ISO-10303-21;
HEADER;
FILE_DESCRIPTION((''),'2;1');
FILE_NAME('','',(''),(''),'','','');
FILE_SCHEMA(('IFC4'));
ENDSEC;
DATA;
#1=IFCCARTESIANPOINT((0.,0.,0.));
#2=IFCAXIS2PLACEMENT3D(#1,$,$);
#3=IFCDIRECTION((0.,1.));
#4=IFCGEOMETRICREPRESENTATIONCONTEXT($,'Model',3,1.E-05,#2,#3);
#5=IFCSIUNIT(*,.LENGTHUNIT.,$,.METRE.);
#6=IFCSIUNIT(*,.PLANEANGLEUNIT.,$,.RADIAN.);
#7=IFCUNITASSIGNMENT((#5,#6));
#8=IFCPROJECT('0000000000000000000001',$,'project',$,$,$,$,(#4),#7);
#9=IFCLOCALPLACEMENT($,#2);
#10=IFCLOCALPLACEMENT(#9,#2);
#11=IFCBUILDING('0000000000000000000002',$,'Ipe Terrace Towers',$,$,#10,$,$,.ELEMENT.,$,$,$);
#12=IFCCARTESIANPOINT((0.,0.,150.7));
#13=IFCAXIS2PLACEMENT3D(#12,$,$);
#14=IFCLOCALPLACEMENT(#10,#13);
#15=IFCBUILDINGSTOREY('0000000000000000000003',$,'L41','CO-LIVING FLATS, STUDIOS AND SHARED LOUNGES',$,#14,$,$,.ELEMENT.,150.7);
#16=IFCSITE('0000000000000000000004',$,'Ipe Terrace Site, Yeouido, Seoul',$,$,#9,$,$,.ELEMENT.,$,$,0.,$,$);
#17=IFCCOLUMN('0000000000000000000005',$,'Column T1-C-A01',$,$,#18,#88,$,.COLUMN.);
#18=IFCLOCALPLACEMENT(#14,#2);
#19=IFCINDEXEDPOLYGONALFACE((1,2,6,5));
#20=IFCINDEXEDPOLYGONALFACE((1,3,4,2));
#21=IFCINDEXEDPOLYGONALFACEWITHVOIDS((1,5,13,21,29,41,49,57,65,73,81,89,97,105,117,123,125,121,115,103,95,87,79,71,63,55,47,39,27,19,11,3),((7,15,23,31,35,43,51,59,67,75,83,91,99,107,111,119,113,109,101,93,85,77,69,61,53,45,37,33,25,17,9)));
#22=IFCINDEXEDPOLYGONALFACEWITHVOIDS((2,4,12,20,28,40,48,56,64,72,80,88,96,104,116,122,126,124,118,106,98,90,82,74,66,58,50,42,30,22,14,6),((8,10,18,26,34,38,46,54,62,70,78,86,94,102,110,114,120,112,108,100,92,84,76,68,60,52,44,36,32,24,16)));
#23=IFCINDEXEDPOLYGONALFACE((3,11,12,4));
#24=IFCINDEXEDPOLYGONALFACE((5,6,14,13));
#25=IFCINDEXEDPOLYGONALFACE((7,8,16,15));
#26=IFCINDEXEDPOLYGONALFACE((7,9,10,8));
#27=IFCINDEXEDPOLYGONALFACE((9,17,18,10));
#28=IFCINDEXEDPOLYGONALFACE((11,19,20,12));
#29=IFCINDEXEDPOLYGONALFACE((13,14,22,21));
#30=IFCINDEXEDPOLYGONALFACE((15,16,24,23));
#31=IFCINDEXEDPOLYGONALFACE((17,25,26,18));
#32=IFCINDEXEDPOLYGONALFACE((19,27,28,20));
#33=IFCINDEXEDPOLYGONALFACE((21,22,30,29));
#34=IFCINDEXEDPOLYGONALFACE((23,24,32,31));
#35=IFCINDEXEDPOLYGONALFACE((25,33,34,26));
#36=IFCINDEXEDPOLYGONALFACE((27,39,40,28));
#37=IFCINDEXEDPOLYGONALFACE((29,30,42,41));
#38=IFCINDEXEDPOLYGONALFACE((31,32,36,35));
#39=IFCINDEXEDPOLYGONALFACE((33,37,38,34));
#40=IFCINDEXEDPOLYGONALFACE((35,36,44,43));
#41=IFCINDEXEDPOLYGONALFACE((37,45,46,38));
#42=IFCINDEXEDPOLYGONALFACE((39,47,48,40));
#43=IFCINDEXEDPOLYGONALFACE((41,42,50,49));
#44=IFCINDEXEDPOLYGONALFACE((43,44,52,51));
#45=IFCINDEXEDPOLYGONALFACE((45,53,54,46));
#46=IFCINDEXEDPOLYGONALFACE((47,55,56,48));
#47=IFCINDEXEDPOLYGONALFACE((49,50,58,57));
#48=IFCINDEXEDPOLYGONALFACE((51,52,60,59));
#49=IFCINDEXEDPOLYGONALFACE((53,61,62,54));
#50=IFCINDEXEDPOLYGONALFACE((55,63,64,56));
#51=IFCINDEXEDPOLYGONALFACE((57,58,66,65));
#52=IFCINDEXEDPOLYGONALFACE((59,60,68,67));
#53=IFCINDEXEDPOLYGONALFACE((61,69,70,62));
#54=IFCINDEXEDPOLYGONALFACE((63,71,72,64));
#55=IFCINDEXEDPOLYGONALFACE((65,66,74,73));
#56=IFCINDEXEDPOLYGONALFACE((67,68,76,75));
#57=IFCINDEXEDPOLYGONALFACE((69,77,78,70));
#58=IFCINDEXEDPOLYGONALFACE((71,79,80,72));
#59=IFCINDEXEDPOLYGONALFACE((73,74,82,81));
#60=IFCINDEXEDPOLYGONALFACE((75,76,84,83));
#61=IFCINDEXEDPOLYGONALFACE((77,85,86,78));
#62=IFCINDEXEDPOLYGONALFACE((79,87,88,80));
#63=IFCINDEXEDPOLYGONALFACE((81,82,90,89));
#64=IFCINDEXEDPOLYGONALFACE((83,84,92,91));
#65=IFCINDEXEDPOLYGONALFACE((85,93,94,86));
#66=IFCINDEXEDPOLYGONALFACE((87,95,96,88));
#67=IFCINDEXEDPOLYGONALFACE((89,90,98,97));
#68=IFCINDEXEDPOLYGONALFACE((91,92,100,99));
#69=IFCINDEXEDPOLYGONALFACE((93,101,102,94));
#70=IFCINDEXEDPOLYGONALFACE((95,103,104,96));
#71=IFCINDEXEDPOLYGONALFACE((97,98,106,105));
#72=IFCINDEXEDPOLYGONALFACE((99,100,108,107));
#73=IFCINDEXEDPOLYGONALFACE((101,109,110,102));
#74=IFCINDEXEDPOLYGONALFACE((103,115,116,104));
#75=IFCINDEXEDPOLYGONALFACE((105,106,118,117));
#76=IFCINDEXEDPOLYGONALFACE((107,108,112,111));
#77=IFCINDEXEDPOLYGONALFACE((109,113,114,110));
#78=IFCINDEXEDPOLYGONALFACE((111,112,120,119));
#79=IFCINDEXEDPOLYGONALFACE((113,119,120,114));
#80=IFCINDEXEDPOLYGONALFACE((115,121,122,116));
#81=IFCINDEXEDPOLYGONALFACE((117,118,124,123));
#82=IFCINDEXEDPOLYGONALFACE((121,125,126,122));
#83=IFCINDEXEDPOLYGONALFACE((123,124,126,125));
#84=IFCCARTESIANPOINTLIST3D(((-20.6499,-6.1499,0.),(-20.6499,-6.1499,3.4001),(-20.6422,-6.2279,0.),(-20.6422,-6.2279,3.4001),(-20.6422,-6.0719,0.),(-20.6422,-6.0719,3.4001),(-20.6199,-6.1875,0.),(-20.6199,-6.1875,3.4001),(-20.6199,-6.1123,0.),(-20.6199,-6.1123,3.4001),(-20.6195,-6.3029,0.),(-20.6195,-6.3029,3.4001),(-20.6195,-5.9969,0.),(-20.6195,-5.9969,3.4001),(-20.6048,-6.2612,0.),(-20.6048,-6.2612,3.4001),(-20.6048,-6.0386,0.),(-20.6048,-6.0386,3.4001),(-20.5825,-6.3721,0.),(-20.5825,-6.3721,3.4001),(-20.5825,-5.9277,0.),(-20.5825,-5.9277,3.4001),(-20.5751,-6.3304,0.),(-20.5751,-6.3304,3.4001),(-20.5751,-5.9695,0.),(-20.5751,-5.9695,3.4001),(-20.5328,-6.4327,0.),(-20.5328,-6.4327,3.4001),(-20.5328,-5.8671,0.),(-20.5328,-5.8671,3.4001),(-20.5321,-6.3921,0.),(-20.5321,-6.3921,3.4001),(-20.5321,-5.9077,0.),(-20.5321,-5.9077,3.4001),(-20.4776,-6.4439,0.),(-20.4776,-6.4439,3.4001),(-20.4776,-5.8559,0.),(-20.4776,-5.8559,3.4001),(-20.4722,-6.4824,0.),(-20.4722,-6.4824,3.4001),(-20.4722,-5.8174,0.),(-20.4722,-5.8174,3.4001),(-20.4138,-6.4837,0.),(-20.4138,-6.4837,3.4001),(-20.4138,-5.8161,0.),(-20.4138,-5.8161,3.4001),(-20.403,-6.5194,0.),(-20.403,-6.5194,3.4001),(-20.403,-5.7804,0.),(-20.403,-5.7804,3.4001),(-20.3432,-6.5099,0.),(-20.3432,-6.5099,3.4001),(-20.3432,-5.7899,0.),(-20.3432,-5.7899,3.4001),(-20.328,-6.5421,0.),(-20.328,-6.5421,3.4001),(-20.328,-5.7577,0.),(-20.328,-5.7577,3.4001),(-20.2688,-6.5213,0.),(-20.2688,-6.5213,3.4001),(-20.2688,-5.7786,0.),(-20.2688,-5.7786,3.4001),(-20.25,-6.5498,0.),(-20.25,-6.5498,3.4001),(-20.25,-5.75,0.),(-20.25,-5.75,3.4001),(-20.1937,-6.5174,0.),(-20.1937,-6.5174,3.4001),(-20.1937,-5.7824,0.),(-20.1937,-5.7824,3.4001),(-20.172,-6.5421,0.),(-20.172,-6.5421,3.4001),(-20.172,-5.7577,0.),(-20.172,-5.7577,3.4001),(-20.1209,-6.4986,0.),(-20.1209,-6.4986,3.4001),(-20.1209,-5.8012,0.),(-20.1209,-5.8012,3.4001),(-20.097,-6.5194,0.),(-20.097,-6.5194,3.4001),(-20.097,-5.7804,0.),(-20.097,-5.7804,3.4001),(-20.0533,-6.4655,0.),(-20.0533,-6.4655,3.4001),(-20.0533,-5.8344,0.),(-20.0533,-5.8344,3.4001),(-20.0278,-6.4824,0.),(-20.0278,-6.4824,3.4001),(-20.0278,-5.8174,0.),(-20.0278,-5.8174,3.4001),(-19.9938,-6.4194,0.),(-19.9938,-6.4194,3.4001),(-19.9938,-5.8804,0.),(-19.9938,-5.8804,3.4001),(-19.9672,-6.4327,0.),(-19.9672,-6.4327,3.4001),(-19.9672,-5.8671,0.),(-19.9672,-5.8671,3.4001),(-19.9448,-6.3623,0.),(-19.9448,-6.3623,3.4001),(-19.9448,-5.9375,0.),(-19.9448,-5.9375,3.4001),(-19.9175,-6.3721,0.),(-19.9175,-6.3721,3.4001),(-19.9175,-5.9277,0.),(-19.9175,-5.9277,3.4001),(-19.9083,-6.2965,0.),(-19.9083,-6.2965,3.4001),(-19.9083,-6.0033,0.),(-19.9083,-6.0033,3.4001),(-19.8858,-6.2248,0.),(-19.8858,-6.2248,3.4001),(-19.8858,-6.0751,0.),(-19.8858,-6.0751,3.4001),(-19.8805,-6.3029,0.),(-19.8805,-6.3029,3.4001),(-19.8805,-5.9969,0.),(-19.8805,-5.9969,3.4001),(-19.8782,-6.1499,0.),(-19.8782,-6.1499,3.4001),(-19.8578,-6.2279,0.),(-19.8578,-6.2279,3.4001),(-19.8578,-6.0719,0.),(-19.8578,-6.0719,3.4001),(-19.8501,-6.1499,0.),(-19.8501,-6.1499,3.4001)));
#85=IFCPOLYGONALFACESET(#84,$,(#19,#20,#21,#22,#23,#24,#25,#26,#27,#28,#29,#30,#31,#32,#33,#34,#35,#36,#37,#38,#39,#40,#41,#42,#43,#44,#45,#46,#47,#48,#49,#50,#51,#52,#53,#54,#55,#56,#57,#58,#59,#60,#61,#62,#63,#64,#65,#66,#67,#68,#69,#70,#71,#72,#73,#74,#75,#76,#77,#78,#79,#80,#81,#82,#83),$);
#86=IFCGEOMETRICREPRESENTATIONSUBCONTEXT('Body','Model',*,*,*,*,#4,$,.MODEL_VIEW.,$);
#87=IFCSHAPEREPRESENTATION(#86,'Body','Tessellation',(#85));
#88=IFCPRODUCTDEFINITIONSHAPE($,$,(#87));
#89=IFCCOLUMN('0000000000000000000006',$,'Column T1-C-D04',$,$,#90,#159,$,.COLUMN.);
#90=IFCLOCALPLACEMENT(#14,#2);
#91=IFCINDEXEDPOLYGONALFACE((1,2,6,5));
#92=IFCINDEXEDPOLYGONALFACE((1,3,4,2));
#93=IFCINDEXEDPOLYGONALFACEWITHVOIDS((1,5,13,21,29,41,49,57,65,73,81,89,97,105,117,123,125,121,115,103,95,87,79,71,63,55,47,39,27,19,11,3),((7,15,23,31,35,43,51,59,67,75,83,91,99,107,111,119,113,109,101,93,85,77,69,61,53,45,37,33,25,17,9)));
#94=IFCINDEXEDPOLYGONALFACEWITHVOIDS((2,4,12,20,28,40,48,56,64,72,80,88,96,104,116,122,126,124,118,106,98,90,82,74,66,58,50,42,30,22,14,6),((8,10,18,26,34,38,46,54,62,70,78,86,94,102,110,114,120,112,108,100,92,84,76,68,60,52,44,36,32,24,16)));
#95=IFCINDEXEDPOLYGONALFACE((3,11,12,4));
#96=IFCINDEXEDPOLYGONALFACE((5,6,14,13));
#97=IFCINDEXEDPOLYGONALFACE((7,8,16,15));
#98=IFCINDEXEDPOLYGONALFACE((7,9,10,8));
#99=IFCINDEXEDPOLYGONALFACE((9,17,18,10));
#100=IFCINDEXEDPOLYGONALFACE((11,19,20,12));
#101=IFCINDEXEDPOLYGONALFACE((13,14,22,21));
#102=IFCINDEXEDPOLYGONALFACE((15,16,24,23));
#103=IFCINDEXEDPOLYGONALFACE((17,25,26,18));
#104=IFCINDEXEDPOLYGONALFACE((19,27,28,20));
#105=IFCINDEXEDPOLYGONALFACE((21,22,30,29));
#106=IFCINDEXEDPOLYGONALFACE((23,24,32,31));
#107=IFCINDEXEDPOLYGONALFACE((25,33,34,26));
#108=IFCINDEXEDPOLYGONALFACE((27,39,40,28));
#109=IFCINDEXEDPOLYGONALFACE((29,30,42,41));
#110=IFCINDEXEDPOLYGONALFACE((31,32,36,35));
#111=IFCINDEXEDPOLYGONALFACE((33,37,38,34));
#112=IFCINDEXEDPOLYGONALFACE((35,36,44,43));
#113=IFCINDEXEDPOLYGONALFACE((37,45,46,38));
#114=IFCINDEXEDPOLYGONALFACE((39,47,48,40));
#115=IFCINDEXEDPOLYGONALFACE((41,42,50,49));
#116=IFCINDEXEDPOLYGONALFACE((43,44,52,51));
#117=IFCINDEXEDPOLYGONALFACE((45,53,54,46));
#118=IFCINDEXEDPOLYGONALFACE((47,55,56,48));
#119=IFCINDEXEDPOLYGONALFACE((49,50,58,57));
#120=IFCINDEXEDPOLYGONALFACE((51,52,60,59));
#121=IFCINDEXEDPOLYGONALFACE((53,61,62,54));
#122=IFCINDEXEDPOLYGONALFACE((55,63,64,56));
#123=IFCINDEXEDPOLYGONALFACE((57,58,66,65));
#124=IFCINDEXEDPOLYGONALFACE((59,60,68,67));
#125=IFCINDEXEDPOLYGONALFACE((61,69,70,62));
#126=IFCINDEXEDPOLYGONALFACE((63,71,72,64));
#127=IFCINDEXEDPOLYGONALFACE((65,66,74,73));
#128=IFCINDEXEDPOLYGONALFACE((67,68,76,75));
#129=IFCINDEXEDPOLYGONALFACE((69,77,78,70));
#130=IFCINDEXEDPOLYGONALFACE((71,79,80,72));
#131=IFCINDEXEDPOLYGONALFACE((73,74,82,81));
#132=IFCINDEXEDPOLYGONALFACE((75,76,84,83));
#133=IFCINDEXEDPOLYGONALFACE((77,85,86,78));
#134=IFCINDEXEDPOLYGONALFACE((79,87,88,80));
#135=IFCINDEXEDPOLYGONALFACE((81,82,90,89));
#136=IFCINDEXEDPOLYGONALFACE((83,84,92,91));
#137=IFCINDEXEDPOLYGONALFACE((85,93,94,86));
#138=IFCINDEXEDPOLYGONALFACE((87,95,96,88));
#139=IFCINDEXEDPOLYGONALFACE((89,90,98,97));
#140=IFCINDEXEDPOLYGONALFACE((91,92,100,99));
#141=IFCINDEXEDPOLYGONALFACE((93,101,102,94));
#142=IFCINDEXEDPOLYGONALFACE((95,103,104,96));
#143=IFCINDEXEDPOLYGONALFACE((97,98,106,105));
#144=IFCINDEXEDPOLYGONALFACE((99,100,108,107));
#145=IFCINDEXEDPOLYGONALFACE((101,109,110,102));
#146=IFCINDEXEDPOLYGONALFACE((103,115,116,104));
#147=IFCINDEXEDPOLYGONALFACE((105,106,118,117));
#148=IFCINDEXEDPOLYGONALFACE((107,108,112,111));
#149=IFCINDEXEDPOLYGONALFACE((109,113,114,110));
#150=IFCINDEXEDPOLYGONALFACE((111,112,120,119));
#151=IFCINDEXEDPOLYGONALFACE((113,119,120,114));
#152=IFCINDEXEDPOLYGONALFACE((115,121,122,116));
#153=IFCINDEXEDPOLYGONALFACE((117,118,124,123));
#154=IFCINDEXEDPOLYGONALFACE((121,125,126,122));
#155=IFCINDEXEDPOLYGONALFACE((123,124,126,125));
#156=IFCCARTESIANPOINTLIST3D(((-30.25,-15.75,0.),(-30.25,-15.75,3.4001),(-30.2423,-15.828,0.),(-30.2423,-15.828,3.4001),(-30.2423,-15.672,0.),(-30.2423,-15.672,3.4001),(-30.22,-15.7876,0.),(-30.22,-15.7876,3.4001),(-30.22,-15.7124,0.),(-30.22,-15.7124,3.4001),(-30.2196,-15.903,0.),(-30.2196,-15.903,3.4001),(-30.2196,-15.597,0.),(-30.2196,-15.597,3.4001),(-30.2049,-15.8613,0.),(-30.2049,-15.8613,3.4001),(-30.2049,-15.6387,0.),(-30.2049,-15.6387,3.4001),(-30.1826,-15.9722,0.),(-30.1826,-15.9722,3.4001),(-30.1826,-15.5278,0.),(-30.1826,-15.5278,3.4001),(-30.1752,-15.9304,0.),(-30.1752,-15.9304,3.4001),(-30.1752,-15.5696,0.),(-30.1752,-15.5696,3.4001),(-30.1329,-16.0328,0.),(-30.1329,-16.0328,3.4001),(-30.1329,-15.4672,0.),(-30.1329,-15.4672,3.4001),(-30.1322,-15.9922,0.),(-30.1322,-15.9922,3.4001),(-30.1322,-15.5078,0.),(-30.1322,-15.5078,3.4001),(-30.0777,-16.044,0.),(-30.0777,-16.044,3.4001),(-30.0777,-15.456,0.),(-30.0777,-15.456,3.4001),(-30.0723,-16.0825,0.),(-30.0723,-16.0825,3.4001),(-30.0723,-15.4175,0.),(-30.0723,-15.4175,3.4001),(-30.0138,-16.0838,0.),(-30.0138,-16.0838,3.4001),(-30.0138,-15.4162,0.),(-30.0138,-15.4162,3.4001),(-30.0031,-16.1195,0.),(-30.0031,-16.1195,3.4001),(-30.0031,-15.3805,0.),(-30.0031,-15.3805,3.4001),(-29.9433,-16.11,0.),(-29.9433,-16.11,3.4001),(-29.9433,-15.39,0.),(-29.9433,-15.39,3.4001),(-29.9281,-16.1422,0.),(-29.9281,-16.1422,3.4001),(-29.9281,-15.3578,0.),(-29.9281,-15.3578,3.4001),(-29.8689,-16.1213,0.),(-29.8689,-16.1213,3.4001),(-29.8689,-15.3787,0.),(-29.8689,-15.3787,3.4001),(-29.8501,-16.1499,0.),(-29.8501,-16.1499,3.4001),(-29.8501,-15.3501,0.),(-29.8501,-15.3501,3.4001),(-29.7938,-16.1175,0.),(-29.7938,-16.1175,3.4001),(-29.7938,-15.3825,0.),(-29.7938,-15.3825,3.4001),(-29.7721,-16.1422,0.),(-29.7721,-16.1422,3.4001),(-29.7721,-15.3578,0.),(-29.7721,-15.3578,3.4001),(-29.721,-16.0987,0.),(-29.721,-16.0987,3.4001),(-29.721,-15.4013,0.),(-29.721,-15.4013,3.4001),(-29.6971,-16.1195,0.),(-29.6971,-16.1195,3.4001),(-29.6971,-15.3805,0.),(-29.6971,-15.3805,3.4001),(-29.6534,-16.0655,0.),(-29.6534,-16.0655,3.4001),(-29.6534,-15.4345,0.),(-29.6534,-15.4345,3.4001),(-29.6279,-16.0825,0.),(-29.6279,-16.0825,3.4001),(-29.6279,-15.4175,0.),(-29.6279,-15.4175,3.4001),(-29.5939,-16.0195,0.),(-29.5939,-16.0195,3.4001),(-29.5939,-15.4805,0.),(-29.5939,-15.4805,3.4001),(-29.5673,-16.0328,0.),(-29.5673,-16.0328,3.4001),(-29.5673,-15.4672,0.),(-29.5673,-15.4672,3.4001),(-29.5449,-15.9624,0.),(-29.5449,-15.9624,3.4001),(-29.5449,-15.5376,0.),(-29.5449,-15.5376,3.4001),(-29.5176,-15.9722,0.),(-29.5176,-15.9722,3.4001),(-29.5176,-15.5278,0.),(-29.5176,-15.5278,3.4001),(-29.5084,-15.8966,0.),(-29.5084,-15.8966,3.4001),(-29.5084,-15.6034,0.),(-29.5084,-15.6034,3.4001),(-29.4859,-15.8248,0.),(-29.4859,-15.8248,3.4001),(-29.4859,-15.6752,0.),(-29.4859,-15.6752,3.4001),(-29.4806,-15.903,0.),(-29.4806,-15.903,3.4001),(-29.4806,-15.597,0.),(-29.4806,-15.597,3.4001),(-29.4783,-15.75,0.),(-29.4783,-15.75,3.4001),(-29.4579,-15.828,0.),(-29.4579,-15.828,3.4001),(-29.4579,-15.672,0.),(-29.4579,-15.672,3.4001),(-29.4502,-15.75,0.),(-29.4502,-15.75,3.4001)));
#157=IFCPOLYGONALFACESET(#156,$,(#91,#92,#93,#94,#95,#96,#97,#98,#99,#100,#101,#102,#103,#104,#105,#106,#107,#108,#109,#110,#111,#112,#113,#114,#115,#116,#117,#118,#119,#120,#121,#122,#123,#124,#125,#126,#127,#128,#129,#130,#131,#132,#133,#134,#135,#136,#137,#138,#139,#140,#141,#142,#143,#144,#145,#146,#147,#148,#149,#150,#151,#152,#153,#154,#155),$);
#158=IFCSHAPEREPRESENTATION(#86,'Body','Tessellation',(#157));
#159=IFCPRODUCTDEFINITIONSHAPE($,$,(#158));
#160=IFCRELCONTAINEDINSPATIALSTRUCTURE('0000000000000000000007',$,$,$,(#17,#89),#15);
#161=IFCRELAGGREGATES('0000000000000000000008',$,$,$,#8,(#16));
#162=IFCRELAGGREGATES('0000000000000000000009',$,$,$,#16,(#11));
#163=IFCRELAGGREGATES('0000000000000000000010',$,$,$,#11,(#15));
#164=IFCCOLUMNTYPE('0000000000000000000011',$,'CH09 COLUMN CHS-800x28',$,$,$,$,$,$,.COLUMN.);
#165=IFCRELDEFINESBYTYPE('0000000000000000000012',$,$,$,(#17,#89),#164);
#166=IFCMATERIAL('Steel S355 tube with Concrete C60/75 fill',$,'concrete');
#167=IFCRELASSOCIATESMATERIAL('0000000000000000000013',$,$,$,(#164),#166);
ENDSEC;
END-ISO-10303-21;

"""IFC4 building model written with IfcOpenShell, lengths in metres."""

from ifc_helpers import new_model, si_unit, direction, frame, origin, origin_2d, place, context, subcontext, project, spatial, hollow_circle, extrude, material, material_profile, profile_set, type_object, element, save


model = new_model("IFC4")

# Units and contexts
model_context = context("Model", 3, precision=1e-05, world=origin(), true_north=direction((0.0, 1.0)))
body_context = subcontext(model_context, "Body", "Model", "MODEL_VIEW")
ifc_project = project(units=[si_unit("LENGTHUNIT", "METRE"), si_unit("PLANEANGLEUNIT", "RADIAN")], contexts=[model_context])

# Site, building, storey
site_placement = place(None, origin())
site = spatial("IfcSite", under=ifc_project, at=site_placement, Name="Ipe Terrace Site, Yeouido, Seoul", CompositionType="ELEMENT", RefElevation=0.0)
building_placement = place(site_placement, origin())
building = spatial("IfcBuilding", under=site, at=building_placement, Name="Ipe Terrace Towers", CompositionType="ELEMENT")
storey_placement = place(building_placement, frame((0.0, 0.0, 150.7)))
storey = spatial("IfcBuildingStorey", under=building, at=storey_placement, Name="L41", Description="CO-LIVING FLATS, STUDIOS AND SHARED LOUNGES", CompositionType="ELEMENT", Elevation=150.7)

# Columns
ifc_material_1 = material(Name="Steel S355 tube with Concrete C60/75 fill", Category="concrete")
ifc_material_profile_1 = material_profile(ifc_material_1, hollow_circle(Radius=0.3999, WallThickness=0.0281, at=origin_2d()), Name="CHS-800x28")
ifc_profile_set_1 = profile_set([ifc_material_profile_1], Name="Steel S355 tube with Concrete C60/75 fill")
column_type_1 = type_object("IfcColumnType", Name="CH09 COLUMN CHS-800x28", PredefinedType="COLUMN", material=ifc_profile_set_1)
for number, where, z_axis, x_axis, name in (
    (1, (-20.25, -6.1499, 0.0), (0.0, 0.0, 1.0), (1.0, 0.0, 0.0), "Column T1-C-A01"),
    (2, (-29.8501, -15.75, 0.0), (0.0, 0.0, 1.0), (1.0, 0.0, 0.0), "Column T1-C-D04"),
):
    element("IfcColumn", number, at=place(storey_placement, frame(where, z_axis=z_axis, x_axis=x_axis)), inside=storey, type_object=column_type_1, Name=name, PredefinedType="COLUMN", context=body_context, shape_type="SweptSolid", body=[
        extrude(hollow_circle(Radius=0.3999, WallThickness=0.0281, at=origin_2d()), origin(), (0.0, 0.0, 1.0), 3.4001),
    ])

save(model, "model.ifc")
